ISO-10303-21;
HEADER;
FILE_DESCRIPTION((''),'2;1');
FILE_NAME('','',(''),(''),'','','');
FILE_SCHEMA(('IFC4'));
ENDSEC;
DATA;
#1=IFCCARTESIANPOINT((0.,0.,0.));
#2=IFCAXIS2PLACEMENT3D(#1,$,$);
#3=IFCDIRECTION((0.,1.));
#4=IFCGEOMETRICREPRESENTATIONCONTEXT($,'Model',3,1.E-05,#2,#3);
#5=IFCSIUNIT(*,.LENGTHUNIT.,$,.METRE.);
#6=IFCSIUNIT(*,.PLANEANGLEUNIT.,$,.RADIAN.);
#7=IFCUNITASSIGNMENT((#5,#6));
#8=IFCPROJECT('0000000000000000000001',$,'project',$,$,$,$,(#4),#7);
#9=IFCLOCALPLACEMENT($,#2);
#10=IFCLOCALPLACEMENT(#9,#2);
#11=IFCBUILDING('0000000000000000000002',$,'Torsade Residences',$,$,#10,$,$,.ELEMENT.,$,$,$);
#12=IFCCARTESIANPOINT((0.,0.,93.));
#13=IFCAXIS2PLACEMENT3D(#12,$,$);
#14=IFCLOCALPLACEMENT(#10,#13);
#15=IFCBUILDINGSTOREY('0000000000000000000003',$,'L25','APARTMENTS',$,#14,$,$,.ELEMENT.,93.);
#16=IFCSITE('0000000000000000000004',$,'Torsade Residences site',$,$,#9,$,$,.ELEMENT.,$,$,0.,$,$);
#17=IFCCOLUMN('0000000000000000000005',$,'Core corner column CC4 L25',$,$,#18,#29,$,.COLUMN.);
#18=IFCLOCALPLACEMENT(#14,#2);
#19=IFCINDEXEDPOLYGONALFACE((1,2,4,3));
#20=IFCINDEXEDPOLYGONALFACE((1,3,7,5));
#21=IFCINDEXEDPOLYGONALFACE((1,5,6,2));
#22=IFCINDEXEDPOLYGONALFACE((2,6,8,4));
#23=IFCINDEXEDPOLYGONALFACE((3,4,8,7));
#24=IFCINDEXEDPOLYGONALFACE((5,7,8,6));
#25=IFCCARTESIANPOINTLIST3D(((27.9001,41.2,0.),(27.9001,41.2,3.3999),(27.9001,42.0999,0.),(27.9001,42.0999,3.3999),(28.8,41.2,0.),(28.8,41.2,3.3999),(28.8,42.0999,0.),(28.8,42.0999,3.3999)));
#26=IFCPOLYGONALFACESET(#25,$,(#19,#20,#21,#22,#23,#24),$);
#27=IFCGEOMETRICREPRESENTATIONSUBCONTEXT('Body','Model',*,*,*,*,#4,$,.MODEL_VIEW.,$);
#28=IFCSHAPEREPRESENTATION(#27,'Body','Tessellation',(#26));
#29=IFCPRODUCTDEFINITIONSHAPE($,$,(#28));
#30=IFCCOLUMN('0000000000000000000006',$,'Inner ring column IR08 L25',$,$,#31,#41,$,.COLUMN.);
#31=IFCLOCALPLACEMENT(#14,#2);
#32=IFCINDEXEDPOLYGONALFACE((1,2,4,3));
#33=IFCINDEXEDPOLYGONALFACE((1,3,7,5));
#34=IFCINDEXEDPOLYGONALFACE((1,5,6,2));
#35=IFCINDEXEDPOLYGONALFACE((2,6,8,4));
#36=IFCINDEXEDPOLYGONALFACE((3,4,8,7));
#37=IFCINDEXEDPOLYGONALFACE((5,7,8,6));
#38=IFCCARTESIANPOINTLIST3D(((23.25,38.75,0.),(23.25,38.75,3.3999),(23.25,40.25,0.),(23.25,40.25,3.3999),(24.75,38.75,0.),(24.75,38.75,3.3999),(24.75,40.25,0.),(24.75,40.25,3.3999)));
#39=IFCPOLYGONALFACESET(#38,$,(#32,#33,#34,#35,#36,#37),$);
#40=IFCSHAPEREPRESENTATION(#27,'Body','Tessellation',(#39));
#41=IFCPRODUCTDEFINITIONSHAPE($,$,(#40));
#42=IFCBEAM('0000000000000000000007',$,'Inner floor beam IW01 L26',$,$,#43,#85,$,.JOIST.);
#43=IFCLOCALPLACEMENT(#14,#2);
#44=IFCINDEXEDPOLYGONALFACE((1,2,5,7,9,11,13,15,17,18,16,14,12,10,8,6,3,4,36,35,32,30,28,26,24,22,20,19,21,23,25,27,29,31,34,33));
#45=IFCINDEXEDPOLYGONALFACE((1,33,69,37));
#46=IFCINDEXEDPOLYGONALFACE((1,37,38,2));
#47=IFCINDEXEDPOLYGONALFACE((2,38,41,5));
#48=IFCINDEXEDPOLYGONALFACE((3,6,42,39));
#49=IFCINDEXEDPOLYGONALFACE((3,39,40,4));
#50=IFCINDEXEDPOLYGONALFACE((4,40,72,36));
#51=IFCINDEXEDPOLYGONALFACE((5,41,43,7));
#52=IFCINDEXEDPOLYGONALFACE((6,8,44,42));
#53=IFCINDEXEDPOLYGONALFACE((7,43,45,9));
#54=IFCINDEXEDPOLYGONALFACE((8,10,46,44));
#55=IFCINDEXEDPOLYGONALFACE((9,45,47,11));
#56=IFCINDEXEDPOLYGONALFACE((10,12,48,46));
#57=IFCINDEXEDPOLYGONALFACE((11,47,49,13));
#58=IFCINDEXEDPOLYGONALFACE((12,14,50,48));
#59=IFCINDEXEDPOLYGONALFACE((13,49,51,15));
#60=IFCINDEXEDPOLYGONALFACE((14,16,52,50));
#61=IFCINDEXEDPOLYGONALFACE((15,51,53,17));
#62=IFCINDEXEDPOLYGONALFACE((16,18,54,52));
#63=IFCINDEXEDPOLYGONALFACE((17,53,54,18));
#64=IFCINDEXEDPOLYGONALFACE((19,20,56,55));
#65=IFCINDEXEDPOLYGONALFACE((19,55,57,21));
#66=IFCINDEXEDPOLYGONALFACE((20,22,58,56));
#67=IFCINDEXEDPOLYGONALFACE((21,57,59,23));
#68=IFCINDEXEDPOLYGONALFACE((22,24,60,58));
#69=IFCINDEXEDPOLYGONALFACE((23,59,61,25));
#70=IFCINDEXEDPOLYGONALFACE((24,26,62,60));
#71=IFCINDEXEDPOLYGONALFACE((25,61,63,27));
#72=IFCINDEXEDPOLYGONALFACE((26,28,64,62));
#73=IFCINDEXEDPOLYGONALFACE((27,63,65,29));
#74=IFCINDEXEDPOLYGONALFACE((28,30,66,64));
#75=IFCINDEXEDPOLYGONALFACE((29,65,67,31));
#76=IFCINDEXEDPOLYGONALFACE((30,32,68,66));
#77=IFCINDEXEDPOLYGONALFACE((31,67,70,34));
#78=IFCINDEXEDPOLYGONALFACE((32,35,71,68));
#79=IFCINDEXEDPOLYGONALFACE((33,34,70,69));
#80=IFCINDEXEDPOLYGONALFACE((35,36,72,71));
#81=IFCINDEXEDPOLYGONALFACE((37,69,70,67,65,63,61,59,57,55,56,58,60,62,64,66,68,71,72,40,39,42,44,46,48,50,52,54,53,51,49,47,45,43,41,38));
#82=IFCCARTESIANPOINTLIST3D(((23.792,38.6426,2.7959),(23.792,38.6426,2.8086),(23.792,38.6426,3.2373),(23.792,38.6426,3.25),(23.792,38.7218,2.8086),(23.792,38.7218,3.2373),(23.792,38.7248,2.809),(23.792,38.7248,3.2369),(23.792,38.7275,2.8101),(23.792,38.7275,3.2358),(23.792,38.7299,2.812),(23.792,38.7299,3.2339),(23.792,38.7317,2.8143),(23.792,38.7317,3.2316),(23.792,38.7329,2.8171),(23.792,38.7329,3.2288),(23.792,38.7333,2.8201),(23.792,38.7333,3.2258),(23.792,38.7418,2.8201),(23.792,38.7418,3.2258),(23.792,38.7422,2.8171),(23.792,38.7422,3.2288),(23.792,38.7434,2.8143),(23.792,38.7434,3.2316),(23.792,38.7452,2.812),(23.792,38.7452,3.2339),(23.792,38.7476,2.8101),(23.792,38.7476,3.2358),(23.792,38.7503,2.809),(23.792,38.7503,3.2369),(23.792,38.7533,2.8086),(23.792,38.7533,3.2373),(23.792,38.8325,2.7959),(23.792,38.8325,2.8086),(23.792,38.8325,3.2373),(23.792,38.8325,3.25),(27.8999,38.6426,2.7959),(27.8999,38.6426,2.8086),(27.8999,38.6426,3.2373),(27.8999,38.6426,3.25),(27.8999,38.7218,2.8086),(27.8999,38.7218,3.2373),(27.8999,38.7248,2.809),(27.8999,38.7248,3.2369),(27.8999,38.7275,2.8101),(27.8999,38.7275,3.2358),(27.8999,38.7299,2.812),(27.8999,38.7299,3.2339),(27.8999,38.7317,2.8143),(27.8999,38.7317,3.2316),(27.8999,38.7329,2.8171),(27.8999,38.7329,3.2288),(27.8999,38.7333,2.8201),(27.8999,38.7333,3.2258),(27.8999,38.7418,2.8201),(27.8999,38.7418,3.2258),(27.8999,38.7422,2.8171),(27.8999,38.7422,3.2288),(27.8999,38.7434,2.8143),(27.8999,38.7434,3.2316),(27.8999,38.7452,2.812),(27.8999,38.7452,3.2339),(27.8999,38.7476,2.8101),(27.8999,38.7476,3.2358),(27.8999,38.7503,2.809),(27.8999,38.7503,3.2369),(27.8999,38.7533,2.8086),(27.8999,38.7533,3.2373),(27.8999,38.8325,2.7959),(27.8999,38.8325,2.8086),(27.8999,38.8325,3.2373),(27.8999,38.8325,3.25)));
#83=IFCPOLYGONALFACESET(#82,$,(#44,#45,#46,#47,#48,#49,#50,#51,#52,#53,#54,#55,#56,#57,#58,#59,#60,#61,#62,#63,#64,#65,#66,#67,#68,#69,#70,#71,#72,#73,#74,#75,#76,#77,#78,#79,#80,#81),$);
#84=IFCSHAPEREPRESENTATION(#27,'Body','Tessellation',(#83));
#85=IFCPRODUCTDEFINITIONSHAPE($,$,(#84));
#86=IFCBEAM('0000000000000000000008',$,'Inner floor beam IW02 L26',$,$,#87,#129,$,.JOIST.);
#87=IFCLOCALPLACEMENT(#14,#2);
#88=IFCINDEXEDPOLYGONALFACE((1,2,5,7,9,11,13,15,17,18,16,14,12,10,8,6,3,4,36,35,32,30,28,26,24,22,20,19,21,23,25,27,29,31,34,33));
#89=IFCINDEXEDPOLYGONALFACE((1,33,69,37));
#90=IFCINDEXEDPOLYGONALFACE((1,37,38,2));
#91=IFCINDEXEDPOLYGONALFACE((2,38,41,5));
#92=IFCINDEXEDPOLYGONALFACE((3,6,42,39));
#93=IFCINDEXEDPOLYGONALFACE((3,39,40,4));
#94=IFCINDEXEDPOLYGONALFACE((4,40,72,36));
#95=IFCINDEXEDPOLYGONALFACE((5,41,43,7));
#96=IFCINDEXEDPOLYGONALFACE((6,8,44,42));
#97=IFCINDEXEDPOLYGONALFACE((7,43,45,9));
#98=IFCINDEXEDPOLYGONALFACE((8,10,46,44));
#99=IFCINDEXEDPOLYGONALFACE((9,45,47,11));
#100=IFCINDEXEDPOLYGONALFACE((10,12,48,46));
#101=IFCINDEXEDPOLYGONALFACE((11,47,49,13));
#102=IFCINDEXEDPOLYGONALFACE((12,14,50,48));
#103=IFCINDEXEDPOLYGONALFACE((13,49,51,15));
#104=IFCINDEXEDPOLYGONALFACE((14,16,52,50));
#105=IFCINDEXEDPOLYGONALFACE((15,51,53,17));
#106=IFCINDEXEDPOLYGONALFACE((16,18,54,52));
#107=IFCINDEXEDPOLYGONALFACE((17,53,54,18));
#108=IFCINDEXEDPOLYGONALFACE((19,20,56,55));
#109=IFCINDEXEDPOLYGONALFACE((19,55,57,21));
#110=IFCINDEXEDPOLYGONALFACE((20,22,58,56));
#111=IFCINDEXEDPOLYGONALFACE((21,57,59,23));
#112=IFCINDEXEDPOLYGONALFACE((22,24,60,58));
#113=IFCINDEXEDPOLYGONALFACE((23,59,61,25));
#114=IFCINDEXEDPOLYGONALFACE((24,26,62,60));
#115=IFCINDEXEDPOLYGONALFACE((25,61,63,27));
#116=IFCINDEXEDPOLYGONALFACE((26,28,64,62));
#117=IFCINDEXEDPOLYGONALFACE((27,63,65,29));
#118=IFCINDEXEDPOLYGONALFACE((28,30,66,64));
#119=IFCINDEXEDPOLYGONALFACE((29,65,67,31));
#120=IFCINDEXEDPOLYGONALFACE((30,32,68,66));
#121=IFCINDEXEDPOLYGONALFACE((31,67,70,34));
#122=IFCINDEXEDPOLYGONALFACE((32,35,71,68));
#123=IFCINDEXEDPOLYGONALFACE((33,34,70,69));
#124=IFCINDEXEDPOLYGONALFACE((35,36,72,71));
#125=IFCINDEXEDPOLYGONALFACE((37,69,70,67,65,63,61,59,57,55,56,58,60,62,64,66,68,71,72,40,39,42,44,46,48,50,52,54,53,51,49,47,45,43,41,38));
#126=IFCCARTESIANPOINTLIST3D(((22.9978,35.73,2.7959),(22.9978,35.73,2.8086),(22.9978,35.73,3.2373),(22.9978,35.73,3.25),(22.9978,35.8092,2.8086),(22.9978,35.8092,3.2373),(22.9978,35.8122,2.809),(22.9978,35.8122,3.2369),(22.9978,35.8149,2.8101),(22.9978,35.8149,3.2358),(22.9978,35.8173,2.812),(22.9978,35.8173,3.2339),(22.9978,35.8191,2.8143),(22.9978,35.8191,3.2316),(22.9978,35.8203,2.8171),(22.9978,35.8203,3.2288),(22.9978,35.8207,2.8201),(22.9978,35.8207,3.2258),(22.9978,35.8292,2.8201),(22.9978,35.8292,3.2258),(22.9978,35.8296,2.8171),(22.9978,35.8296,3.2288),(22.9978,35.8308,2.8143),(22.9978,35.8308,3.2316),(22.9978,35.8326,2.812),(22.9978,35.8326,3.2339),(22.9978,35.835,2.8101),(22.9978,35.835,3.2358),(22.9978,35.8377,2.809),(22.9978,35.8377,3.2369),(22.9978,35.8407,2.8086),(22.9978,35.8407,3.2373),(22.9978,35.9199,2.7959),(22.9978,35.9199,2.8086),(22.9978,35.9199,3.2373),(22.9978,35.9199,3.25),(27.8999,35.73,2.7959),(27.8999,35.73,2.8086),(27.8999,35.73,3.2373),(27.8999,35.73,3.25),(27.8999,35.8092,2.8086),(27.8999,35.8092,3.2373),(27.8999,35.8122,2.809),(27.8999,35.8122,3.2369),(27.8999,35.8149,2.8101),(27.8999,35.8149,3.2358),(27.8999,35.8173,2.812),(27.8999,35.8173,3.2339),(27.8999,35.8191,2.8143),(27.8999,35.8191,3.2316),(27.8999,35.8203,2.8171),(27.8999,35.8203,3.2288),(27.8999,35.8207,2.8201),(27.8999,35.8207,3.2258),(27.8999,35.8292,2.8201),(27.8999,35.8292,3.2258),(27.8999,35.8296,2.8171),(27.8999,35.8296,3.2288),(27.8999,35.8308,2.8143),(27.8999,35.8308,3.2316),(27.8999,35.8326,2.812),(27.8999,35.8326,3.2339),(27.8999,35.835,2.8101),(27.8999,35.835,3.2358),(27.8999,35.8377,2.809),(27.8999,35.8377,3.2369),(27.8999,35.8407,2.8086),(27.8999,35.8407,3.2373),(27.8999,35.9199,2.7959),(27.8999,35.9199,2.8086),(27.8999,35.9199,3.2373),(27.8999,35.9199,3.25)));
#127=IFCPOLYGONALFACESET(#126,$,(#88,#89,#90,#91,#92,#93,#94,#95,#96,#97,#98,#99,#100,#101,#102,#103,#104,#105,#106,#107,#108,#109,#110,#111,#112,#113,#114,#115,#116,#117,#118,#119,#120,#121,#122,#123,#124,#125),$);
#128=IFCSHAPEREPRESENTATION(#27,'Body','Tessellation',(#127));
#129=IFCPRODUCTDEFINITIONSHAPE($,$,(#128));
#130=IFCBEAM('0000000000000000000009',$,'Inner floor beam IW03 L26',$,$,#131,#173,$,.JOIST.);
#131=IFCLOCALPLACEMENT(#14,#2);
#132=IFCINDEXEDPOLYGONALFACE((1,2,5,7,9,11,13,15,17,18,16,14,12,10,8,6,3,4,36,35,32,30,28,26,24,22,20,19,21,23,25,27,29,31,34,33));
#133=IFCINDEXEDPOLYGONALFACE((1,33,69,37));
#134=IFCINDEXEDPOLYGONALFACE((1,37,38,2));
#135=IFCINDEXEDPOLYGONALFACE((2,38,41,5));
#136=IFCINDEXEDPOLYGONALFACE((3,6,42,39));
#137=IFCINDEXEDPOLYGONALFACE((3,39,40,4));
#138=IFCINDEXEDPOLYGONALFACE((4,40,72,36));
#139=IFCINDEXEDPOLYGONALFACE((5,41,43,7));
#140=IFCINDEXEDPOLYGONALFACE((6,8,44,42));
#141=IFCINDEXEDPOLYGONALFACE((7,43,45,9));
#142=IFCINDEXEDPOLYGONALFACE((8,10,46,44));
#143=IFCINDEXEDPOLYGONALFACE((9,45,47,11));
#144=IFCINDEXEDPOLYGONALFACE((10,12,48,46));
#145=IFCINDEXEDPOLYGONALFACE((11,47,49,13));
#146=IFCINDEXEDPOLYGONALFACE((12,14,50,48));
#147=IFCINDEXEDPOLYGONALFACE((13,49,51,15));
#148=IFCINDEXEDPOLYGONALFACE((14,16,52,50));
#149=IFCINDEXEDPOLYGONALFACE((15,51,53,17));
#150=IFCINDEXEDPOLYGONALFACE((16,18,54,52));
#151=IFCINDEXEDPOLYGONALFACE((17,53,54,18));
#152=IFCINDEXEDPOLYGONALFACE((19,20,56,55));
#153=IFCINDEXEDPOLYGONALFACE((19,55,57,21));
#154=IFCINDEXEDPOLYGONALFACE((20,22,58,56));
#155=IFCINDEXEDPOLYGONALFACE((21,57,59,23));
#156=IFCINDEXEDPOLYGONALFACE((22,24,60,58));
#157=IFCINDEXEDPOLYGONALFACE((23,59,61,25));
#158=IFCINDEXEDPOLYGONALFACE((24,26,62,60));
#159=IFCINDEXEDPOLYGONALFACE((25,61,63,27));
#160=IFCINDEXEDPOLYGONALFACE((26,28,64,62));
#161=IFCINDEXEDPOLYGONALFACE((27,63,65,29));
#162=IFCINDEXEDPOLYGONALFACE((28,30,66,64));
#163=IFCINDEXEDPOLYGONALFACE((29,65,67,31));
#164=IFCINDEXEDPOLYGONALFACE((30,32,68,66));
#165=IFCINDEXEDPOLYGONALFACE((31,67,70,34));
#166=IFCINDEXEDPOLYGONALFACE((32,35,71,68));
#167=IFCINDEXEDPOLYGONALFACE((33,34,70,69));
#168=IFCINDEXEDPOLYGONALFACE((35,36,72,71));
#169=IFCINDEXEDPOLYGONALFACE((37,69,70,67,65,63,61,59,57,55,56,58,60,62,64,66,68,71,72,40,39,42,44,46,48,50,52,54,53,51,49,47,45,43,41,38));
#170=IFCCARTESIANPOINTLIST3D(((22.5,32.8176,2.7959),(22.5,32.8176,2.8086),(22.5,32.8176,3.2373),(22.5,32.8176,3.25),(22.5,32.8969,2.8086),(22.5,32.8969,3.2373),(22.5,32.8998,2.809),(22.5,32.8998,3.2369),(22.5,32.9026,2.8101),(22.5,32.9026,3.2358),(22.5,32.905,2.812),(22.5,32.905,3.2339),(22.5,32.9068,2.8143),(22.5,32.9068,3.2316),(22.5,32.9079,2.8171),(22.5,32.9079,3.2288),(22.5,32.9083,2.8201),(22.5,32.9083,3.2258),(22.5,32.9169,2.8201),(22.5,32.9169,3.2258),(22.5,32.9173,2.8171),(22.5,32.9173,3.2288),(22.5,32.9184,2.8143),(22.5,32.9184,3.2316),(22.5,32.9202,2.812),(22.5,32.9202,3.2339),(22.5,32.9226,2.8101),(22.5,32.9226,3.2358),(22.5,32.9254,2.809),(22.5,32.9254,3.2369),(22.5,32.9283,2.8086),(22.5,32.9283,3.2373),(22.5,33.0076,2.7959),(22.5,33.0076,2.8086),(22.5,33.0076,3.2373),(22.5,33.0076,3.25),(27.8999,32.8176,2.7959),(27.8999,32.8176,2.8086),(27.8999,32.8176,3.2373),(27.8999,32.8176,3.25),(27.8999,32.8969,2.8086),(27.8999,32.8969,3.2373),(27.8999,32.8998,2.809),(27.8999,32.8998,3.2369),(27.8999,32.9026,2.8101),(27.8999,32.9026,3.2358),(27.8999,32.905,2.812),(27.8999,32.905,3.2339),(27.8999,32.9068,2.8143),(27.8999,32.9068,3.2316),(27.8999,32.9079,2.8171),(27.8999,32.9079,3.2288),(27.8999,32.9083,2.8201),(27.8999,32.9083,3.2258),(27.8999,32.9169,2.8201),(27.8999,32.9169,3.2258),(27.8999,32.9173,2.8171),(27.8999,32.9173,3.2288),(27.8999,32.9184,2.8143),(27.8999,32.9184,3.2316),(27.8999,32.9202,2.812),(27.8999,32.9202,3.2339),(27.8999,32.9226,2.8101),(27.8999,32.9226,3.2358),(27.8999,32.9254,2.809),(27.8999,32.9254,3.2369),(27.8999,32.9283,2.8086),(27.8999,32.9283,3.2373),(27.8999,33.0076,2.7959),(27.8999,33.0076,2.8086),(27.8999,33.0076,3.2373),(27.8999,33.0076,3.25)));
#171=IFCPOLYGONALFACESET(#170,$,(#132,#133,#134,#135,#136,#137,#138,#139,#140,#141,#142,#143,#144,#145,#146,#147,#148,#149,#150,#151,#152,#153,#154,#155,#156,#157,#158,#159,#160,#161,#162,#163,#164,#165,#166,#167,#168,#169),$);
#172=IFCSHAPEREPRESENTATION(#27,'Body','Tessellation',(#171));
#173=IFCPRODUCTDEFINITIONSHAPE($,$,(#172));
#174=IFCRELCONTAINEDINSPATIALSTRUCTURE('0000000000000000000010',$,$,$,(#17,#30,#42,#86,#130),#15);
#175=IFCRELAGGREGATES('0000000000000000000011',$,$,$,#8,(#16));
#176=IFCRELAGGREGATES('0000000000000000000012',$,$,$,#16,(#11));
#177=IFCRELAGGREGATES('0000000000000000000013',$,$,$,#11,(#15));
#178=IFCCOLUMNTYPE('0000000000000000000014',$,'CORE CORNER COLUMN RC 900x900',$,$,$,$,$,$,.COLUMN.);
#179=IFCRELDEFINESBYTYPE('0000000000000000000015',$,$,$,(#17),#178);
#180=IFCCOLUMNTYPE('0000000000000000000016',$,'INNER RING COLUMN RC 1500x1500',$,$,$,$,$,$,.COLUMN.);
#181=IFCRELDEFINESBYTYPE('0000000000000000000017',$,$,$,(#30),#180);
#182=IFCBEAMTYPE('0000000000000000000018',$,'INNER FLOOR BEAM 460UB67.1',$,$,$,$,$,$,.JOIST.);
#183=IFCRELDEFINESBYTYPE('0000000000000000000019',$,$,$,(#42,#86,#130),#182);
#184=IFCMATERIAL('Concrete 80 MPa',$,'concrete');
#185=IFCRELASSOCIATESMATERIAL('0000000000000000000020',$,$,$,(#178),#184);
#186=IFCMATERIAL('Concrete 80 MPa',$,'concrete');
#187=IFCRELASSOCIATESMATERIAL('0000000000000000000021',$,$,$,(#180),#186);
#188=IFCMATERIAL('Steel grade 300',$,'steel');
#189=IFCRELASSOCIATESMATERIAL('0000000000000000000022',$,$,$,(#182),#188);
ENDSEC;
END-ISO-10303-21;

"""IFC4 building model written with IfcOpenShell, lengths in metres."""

from ifc_helpers import new_model, si_unit, direction, frame, origin, origin_2d, place, context, subcontext, project, spatial, rectangle, i_section, extrude, material, material_profile, profile_set, type_object, element, save


model = new_model("IFC4")

# Units and contexts
model_context = context("Model", 3, precision=1e-05, world=origin(), true_north=direction((0.0, 1.0)))
body_context = subcontext(model_context, "Body", "Model", "MODEL_VIEW")
ifc_project = project(units=[si_unit("LENGTHUNIT", "METRE"), si_unit("PLANEANGLEUNIT", "RADIAN")], contexts=[model_context])

# Site, building, storey
site_placement = place(None, origin())
site = spatial("IfcSite", under=ifc_project, at=site_placement, Name="Torsade Residences site", CompositionType="ELEMENT", RefElevation=0.0)
building_placement = place(site_placement, origin())
building = spatial("IfcBuilding", under=site, at=building_placement, Name="Torsade Residences", CompositionType="ELEMENT")
storey_placement = place(building_placement, frame((0.0, 0.0, 93.0)))
storey = spatial("IfcBuildingStorey", under=building, at=storey_placement, Name="L25", Description="APARTMENTS", CompositionType="ELEMENT", Elevation=93.0)

# Columns
ifc_material_1 = material(Name="Concrete 80 MPa", Category="concrete")
ifc_material_profile_1 = material_profile(ifc_material_1, rectangle(XDim=0.8999, YDim=0.8999, at=origin_2d()), Name="RC 900x900")
ifc_profile_set_1 = profile_set([ifc_material_profile_1], Name="Concrete 80 MPa")
column_type_1 = type_object("IfcColumnType", Name="CORE CORNER COLUMN RC 900x900", PredefinedType="COLUMN", material=ifc_profile_set_1)
column_1_placement = place(storey_placement, frame((28.3501, 41.6499, 0.0), z_axis=(0.0, 0.0, 1.0), x_axis=(1.0, 0.0, 0.0)))
element("IfcColumn", 1, at=column_1_placement, inside=storey, type_object=column_type_1, Name="Core corner column CC4 L25", PredefinedType="COLUMN", context=body_context, shape_type="SweptSolid", body=[
    extrude(rectangle(XDim=0.8999, YDim=0.8999, at=origin_2d()), origin(), (0.0, 0.0, 1.0), 3.3999),
])
ifc_material_2 = material(Name="Concrete 80 MPa", Category="concrete")
ifc_material_profile_2 = material_profile(ifc_material_2, rectangle(XDim=1.5, YDim=1.5, at=origin_2d()), Name="RC 1500x1500")
ifc_profile_set_2 = profile_set([ifc_material_profile_2], Name="Concrete 80 MPa")
column_type_2 = type_object("IfcColumnType", Name="INNER RING COLUMN RC 1500x1500", PredefinedType="COLUMN", material=ifc_profile_set_2)
column_2_placement = place(storey_placement, frame((24.0, 39.5, 0.0), z_axis=(0.0, 0.0, 1.0), x_axis=(1.0, 0.0, 0.0)))
element("IfcColumn", 2, at=column_2_placement, inside=storey, type_object=column_type_2, Name="Inner ring column IR08 L25", PredefinedType="COLUMN", context=body_context, shape_type="SweptSolid", body=[
    extrude(rectangle(XDim=1.5, YDim=1.5, at=origin_2d()), origin(), (0.0, 0.0, 1.0), 3.3999),
])

# Beams
ifc_material_3 = material(Name="Steel grade 300", Category="steel")
ifc_material_profile_3 = material_profile(ifc_material_3, i_section(OverallWidth=0.1899, OverallDepth=0.4541, WebThickness=0.0085, FlangeThickness=0.0127, FilletRadius=0.0115, at=origin_2d()), Name="460UB67.1")
ifc_profile_set_3 = profile_set([ifc_material_profile_3], Name="Steel grade 300")
beam_type_1 = type_object("IfcBeamType", Name="INNER FLOOR BEAM 460UB67.1", PredefinedType="JOIST", material=ifc_profile_set_3)
beam_1_placement = place(storey_placement, frame((27.8999, 38.7375, 3.0229), z_axis=(-1.0, 0.0, 0.0), x_axis=(0.0, -1.0, 0.0)))
element("IfcBeam", 3, at=beam_1_placement, inside=storey, type_object=beam_type_1, Name="Inner floor beam IW01 L26", PredefinedType="JOIST", context=body_context, shape_type="SweptSolid", body=[
    extrude(i_section(OverallWidth=0.1899, OverallDepth=0.4541, WebThickness=0.0085, FlangeThickness=0.0127, FilletRadius=0.0115, at=origin_2d()), origin(), (0.0, 0.0, 1.0), 4.1079),
])
beam_2_placement = place(storey_placement, frame((27.8999, 35.825, 3.0229), z_axis=(-1.0, 0.0, 0.0), x_axis=(0.0, -1.0, 0.0)))
element("IfcBeam", 4, at=beam_2_placement, inside=storey, type_object=beam_type_1, Name="Inner floor beam IW02 L26", PredefinedType="JOIST", context=body_context, shape_type="SweptSolid", body=[
    extrude(i_section(OverallWidth=0.1899, OverallDepth=0.4541, WebThickness=0.0085, FlangeThickness=0.0127, FilletRadius=0.0115, at=origin_2d()), origin(), (0.0, 0.0, 1.0), 4.9021),
])
for number, where, z_axis, x_axis, name in (
    (5, (27.8999, 32.9126, 3.0229), (-1.0, 0.0, 0.0), (0.0, -1.0, 0.0), "Inner floor beam IW03 L26"),
):
    element("IfcBeam", number, at=place(storey_placement, frame(where, z_axis=z_axis, x_axis=x_axis)), inside=storey, type_object=beam_type_1, Name=name, PredefinedType="JOIST", context=body_context, shape_type="SweptSolid", body=[
        extrude(i_section(OverallWidth=0.1899, OverallDepth=0.4541, WebThickness=0.0085, FlangeThickness=0.0127, FilletRadius=0.0115, at=origin_2d()), origin(), (0.0, 0.0, 1.0), 5.3999),
    ])

save(model, "model.ifc")
